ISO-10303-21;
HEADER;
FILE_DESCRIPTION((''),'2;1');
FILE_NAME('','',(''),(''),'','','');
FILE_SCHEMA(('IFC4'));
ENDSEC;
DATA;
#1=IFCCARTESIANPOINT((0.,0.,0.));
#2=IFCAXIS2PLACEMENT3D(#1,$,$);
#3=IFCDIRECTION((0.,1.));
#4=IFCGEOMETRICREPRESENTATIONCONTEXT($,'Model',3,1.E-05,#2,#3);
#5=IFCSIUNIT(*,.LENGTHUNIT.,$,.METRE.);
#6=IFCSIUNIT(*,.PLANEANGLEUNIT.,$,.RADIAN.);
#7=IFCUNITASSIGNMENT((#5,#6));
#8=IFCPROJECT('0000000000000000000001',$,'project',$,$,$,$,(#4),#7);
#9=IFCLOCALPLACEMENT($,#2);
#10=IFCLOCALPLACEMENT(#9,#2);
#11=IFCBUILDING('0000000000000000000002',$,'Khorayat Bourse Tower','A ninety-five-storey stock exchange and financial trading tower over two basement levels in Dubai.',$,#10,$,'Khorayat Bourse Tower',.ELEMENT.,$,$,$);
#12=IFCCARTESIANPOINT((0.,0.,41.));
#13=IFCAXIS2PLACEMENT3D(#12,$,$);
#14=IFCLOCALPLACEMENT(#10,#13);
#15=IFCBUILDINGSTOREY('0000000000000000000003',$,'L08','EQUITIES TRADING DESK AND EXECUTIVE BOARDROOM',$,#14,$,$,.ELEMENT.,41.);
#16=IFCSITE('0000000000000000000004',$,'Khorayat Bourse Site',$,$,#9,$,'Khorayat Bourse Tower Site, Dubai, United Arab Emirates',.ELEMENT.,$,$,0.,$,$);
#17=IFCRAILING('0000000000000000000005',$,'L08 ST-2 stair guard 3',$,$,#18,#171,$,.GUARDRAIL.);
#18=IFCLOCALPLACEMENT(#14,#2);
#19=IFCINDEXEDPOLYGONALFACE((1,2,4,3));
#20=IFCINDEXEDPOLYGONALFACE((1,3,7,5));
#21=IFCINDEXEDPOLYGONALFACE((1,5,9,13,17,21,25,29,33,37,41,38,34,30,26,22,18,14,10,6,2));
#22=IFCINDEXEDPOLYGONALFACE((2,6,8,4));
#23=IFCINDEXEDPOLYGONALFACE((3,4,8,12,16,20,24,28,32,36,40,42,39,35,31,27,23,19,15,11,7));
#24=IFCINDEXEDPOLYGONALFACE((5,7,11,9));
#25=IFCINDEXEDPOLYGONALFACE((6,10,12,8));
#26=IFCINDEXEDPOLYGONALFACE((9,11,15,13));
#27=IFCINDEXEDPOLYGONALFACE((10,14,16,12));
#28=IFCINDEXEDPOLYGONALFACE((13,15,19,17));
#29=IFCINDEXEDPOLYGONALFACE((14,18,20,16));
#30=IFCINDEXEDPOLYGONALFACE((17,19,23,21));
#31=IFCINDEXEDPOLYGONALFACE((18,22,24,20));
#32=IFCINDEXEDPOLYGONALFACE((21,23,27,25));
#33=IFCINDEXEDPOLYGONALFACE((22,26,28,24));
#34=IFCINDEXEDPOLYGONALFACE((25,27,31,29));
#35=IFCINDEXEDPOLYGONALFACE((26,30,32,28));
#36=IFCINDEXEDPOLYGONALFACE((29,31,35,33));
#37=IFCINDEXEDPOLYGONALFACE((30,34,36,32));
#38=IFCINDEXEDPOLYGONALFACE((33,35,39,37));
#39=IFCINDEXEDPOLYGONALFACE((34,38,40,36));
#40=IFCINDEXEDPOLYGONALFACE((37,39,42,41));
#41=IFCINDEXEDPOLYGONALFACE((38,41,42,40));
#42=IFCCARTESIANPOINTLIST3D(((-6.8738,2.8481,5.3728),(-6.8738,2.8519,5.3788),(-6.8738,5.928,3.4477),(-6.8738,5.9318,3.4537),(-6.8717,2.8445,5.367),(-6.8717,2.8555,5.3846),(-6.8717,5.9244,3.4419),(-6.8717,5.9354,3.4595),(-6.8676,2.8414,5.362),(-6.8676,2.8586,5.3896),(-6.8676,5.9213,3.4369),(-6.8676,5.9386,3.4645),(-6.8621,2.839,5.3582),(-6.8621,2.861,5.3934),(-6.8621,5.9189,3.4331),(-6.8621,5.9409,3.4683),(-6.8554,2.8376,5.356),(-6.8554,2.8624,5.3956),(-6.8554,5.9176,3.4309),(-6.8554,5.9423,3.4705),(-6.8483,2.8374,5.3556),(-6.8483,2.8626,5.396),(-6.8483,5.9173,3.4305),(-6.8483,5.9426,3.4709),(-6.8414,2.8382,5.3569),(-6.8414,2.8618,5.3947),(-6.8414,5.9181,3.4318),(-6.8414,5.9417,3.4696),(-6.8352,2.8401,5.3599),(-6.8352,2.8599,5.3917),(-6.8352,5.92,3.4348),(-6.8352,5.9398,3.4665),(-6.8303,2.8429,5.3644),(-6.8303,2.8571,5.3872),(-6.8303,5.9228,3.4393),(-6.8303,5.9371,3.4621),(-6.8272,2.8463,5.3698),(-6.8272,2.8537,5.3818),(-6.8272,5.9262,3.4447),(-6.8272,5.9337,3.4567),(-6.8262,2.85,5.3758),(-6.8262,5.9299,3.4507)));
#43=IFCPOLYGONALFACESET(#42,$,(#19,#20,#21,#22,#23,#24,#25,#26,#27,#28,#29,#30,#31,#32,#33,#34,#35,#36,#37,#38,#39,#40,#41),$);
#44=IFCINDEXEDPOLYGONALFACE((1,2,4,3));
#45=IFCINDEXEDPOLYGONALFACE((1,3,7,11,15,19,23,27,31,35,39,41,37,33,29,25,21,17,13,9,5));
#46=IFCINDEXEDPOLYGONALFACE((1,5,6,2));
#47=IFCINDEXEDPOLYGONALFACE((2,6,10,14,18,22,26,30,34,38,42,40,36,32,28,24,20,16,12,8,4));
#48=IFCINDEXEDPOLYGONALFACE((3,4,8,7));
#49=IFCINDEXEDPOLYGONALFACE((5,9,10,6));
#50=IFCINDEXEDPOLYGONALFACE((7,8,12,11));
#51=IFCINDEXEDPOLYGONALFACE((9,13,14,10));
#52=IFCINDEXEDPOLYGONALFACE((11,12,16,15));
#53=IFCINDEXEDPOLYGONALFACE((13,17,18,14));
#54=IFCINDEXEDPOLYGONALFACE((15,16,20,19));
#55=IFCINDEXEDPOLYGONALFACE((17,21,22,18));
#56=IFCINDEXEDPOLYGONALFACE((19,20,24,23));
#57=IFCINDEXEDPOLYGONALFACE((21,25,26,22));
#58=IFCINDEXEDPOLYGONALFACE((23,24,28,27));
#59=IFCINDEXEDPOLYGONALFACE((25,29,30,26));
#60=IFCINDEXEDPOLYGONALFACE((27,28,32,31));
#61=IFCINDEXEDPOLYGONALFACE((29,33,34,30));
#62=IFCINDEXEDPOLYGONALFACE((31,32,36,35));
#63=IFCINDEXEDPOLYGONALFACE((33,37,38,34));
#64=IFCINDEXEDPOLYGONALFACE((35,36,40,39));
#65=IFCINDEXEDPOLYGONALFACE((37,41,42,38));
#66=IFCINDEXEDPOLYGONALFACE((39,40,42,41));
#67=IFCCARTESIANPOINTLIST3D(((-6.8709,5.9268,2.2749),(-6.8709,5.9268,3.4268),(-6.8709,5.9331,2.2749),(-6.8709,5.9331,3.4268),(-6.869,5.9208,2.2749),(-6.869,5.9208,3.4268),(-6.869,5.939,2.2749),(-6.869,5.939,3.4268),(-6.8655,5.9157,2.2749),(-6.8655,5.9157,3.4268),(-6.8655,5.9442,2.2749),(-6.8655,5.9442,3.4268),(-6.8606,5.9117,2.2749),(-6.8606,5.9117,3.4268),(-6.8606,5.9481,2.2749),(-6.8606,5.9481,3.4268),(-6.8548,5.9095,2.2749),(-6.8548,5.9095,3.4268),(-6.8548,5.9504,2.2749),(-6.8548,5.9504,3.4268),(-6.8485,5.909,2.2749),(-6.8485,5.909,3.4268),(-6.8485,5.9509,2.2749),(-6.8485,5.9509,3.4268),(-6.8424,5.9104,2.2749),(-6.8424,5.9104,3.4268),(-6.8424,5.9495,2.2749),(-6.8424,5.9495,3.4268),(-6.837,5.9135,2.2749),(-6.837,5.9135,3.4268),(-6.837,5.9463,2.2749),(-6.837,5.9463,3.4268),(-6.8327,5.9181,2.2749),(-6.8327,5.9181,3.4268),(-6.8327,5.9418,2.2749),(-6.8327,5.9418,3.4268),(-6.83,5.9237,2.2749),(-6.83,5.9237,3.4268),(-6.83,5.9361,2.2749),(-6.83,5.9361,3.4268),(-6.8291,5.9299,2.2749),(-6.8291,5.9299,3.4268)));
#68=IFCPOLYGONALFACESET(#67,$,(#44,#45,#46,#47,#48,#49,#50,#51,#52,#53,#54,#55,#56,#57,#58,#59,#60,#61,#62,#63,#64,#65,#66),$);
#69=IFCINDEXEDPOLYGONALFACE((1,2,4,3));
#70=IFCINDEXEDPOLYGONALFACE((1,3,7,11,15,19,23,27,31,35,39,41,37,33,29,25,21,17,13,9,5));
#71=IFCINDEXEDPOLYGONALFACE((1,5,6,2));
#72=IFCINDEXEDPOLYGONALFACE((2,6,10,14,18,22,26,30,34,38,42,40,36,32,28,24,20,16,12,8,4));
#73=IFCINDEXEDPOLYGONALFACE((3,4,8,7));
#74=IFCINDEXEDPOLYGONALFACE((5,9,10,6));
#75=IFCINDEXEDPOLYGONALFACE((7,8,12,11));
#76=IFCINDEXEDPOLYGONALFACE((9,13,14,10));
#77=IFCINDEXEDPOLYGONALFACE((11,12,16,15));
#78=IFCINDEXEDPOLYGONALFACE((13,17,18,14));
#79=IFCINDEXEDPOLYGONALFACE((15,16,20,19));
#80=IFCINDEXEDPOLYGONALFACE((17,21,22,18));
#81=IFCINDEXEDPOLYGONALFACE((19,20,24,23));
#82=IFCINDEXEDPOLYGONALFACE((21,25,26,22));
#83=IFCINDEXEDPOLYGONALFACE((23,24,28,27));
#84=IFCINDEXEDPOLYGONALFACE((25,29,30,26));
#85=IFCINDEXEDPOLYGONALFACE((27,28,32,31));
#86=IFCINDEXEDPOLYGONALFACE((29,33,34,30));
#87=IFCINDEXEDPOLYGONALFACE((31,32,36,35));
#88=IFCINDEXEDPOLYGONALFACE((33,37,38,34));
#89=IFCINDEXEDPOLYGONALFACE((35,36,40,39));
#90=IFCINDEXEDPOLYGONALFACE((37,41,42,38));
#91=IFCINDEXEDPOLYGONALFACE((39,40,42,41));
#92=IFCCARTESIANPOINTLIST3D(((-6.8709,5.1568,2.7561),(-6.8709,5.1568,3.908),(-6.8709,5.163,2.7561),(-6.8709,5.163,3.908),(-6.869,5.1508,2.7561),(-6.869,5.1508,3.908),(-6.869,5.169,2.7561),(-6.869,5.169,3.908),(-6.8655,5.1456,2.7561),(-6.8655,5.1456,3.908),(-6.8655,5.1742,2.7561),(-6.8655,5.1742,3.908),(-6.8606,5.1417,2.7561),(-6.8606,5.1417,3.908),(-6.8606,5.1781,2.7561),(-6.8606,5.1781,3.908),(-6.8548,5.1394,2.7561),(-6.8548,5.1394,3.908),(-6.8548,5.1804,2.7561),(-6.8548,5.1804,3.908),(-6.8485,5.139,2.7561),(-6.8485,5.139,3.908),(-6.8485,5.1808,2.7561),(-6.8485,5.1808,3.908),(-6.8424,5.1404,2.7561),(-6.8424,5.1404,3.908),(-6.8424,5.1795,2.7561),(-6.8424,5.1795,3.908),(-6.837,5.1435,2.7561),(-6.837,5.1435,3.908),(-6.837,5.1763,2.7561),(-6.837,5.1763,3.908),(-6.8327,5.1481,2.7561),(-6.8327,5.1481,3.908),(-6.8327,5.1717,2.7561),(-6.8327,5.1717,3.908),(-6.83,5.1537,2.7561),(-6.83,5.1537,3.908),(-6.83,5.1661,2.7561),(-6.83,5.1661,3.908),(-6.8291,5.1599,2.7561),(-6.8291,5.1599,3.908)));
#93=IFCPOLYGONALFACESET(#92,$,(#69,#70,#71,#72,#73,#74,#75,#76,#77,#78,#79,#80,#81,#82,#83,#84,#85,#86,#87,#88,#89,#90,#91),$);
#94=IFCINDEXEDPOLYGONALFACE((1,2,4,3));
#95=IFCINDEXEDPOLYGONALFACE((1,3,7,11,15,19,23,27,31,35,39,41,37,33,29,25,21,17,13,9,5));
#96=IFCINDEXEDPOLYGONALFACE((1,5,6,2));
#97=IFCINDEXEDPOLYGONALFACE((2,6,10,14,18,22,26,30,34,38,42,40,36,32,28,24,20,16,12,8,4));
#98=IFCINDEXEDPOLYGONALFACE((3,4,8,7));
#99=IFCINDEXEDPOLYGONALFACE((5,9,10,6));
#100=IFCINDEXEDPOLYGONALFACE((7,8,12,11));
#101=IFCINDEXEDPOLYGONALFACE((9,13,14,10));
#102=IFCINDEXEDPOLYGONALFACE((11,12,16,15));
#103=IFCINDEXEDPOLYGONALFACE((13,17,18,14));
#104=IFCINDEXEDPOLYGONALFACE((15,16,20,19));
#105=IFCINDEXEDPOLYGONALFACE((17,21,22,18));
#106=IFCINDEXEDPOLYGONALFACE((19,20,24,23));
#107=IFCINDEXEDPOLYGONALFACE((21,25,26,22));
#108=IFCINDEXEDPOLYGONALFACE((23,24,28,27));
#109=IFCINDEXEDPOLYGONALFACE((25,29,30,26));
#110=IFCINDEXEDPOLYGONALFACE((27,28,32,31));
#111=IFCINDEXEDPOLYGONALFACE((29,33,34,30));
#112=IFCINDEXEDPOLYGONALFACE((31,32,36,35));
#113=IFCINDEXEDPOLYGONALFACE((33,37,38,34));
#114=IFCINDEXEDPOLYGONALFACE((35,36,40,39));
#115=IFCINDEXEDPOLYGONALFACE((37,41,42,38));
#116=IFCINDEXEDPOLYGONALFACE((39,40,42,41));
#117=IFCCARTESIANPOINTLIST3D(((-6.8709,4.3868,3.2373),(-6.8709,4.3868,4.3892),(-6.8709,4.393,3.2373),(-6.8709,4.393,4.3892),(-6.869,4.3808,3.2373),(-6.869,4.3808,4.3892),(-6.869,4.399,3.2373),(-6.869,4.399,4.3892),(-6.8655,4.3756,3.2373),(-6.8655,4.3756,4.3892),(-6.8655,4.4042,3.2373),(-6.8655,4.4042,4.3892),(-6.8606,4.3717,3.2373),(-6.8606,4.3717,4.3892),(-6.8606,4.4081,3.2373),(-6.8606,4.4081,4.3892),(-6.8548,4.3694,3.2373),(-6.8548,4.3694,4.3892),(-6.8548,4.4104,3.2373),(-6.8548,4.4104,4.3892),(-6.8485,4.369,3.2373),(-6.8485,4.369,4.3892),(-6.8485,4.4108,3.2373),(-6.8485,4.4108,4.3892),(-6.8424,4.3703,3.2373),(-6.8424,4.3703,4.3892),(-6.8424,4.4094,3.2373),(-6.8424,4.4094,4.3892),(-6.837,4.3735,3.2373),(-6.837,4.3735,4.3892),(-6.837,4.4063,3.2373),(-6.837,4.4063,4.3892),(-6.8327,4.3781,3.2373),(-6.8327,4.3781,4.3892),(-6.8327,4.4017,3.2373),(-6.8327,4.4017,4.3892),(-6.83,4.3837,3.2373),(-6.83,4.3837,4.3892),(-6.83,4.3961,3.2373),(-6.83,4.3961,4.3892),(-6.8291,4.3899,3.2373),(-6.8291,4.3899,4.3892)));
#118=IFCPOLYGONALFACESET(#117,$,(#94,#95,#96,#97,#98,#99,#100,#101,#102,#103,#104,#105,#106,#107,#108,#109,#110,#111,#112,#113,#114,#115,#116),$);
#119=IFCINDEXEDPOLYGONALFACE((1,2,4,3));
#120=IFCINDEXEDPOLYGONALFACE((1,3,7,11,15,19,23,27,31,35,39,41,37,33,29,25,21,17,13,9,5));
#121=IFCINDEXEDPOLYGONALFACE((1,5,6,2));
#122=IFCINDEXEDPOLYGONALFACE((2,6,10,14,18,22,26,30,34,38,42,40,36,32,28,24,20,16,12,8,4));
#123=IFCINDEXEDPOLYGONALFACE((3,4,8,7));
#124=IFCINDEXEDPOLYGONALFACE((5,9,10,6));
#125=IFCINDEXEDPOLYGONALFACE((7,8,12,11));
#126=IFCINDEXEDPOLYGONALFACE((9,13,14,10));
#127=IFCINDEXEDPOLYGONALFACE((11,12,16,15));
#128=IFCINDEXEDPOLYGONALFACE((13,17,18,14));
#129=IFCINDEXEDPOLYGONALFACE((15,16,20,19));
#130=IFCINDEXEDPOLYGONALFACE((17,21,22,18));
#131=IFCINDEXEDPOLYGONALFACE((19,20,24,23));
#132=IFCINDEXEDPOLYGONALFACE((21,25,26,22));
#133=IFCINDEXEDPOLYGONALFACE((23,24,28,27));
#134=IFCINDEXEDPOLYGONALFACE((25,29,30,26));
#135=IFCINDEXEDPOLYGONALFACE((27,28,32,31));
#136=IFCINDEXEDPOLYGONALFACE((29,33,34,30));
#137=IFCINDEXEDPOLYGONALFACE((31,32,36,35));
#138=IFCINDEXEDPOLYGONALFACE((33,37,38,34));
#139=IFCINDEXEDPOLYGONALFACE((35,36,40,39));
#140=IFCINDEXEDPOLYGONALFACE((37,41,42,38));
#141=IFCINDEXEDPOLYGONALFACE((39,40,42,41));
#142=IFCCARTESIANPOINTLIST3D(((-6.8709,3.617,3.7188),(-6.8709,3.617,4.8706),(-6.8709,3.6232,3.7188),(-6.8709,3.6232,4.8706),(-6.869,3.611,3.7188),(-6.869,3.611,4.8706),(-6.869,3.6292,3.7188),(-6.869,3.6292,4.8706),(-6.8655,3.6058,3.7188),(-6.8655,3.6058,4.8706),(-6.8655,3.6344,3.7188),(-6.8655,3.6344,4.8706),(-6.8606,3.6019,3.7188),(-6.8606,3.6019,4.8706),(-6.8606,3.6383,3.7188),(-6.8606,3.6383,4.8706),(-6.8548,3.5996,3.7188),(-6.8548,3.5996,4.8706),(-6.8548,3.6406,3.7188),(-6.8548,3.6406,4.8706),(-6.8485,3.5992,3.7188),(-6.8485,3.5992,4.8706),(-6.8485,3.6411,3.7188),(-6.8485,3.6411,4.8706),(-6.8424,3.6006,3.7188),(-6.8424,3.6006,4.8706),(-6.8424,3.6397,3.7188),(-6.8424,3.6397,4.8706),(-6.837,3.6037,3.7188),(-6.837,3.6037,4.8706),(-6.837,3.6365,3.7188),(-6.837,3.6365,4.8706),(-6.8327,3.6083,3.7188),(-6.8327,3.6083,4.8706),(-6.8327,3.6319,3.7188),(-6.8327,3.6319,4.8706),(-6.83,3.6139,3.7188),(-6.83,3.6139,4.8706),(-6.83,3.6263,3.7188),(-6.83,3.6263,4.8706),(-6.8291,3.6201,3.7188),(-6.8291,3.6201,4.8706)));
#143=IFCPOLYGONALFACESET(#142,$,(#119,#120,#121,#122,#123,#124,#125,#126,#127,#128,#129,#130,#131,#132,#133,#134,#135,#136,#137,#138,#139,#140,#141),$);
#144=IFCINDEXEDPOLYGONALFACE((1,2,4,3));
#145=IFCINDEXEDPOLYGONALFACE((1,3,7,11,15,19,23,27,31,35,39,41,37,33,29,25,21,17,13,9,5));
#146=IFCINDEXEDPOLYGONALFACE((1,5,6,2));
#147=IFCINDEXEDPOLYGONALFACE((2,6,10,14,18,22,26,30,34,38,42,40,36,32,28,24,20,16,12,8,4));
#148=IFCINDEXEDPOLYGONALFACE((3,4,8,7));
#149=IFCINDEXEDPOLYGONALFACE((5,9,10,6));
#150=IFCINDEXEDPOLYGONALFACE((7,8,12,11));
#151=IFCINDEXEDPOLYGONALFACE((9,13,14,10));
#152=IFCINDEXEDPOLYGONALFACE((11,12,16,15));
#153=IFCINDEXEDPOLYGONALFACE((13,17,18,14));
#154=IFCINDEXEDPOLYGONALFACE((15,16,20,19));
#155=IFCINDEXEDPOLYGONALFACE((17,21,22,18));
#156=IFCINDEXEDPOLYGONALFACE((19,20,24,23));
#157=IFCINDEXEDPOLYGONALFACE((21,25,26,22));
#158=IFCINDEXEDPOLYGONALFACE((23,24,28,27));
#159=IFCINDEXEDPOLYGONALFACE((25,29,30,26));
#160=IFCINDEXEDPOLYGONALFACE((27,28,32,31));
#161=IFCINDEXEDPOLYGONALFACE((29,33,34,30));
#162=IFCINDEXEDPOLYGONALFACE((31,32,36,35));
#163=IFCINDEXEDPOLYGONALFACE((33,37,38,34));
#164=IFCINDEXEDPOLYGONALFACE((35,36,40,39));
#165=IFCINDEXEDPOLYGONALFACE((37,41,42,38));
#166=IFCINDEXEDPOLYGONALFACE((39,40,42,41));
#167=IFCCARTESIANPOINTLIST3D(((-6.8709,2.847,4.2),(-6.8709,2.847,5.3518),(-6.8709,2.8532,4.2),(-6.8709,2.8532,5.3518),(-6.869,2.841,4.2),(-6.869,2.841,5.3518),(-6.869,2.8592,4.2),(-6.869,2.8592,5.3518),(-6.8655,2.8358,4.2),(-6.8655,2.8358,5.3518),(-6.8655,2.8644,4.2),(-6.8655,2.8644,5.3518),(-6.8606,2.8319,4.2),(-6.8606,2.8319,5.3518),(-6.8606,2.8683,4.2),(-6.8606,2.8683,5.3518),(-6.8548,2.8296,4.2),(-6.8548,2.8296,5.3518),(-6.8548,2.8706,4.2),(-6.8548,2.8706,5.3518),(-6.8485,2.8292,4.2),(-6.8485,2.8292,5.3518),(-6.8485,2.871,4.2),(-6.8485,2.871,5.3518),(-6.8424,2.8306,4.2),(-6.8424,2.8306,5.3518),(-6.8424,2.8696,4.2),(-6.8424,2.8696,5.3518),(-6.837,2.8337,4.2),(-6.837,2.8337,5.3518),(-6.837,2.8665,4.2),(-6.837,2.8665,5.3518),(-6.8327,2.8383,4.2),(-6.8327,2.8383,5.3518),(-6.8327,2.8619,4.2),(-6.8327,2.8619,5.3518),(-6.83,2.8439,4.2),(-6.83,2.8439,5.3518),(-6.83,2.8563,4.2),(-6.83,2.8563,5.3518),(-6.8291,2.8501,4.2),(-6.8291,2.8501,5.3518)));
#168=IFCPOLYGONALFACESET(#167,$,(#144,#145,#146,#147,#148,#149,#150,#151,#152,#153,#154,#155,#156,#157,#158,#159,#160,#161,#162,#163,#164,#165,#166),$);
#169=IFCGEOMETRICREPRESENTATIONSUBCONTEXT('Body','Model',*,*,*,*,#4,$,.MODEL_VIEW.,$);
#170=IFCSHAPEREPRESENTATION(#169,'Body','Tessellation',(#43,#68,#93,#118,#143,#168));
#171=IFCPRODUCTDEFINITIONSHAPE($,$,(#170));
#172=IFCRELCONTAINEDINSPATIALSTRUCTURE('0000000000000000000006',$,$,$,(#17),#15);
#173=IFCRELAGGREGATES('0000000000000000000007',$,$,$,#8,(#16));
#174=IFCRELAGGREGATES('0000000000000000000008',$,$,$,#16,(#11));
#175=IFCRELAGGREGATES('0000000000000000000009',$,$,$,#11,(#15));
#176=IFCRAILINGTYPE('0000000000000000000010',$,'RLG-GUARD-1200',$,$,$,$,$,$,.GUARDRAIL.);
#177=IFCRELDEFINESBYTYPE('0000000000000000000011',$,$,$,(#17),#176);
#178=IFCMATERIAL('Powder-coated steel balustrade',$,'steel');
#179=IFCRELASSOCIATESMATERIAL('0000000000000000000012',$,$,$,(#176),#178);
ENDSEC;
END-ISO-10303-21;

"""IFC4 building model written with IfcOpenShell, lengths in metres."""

from ifc_helpers import new_model, si_unit, direction, frame, origin, origin_2d, place, context, subcontext, project, spatial, circle, extrude, source, transform, mapped, material, type_object, element, save


model = new_model("IFC4")

# Units and contexts
model_context = context("Model", 3, precision=1e-05, world=origin(), true_north=direction((0.0, 1.0)))
body_context = subcontext(model_context, "Body", "Model", "MODEL_VIEW")
ifc_project = project(units=[si_unit("LENGTHUNIT", "METRE"), si_unit("PLANEANGLEUNIT", "RADIAN")], contexts=[model_context])

# Site, building, storey
site_placement = place(None, origin())
site = spatial("IfcSite", under=ifc_project, at=site_placement, Name="Khorayat Bourse Site", LongName="Khorayat Bourse Tower Site, Dubai, United Arab Emirates", CompositionType="ELEMENT", RefElevation=0.0)
building_placement = place(site_placement, origin())
building = spatial("IfcBuilding", under=site, at=building_placement, Name="Khorayat Bourse Tower", Description="A ninety-five-storey stock exchange and financial trading tower over two basement levels in Dubai.", LongName="Khorayat Bourse Tower", CompositionType="ELEMENT")
storey_placement = place(building_placement, frame((0.0, 0.0, 41.0)))
storey = spatial("IfcBuildingStorey", under=building, at=storey_placement, Name="L08", Description="EQUITIES TRADING DESK AND EXECUTIVE BOARDROOM", CompositionType="ELEMENT", Elevation=41.0)

# Railing
ifc_material_1 = material(Name="Powder-coated steel balustrade", Category="steel")
railing_type_1 = type_object("IfcRailingType", Name="RLG-GUARD-1200", PredefinedType="GUARDRAIL", material=ifc_material_1)
shared_shape_1 = source(origin(), body_context, "Body", "SweptSolid", [
    extrude(circle(Radius=0.0239, at=origin_2d()), frame((0.0, 0.0, 1.1758), z_axis=(0.0, -0.847979, 0.530029), x_axis=(1.0, 0.0, 0.0)), (0.0, 0.0, 1.0), 3.6321),
    extrude(circle(Radius=0.021, at=origin_2d()), origin(), (0.0, 0.0, 1.0), 1.1519),
    extrude(circle(Radius=0.021, at=origin_2d()), frame((0.0, -0.77, 0.4812)), (0.0, 0.0, 1.0), 1.1519),
    extrude(circle(Radius=0.021, at=origin_2d()), frame((0.0, -1.54, 0.9624)), (0.0, 0.0, 1.0), 1.1519),
    extrude(circle(Radius=0.021, at=origin_2d()), frame((0.0, -2.3098, 1.4438)), (0.0, 0.0, 1.0), 1.1519),
    extrude(circle(Radius=0.021, at=origin_2d()), frame((0.0, -3.0798, 1.925)), (0.0, 0.0, 1.0), 1.1519),
])
railing_1_placement = place(storey_placement, frame((-6.8501, 5.9299, 2.2749)))
element("IfcRailing", 1, at=railing_1_placement, inside=storey, type_object=railing_type_1, Name="L08 ST-2 stair guard 3", PredefinedType="GUARDRAIL", context=body_context, shape_type="MappedRepresentation", body=[
    mapped(shared_shape_1, transform((0.0, 0.0, 0.0), scale=1.0)),
])

save(model, "model.ifc")
